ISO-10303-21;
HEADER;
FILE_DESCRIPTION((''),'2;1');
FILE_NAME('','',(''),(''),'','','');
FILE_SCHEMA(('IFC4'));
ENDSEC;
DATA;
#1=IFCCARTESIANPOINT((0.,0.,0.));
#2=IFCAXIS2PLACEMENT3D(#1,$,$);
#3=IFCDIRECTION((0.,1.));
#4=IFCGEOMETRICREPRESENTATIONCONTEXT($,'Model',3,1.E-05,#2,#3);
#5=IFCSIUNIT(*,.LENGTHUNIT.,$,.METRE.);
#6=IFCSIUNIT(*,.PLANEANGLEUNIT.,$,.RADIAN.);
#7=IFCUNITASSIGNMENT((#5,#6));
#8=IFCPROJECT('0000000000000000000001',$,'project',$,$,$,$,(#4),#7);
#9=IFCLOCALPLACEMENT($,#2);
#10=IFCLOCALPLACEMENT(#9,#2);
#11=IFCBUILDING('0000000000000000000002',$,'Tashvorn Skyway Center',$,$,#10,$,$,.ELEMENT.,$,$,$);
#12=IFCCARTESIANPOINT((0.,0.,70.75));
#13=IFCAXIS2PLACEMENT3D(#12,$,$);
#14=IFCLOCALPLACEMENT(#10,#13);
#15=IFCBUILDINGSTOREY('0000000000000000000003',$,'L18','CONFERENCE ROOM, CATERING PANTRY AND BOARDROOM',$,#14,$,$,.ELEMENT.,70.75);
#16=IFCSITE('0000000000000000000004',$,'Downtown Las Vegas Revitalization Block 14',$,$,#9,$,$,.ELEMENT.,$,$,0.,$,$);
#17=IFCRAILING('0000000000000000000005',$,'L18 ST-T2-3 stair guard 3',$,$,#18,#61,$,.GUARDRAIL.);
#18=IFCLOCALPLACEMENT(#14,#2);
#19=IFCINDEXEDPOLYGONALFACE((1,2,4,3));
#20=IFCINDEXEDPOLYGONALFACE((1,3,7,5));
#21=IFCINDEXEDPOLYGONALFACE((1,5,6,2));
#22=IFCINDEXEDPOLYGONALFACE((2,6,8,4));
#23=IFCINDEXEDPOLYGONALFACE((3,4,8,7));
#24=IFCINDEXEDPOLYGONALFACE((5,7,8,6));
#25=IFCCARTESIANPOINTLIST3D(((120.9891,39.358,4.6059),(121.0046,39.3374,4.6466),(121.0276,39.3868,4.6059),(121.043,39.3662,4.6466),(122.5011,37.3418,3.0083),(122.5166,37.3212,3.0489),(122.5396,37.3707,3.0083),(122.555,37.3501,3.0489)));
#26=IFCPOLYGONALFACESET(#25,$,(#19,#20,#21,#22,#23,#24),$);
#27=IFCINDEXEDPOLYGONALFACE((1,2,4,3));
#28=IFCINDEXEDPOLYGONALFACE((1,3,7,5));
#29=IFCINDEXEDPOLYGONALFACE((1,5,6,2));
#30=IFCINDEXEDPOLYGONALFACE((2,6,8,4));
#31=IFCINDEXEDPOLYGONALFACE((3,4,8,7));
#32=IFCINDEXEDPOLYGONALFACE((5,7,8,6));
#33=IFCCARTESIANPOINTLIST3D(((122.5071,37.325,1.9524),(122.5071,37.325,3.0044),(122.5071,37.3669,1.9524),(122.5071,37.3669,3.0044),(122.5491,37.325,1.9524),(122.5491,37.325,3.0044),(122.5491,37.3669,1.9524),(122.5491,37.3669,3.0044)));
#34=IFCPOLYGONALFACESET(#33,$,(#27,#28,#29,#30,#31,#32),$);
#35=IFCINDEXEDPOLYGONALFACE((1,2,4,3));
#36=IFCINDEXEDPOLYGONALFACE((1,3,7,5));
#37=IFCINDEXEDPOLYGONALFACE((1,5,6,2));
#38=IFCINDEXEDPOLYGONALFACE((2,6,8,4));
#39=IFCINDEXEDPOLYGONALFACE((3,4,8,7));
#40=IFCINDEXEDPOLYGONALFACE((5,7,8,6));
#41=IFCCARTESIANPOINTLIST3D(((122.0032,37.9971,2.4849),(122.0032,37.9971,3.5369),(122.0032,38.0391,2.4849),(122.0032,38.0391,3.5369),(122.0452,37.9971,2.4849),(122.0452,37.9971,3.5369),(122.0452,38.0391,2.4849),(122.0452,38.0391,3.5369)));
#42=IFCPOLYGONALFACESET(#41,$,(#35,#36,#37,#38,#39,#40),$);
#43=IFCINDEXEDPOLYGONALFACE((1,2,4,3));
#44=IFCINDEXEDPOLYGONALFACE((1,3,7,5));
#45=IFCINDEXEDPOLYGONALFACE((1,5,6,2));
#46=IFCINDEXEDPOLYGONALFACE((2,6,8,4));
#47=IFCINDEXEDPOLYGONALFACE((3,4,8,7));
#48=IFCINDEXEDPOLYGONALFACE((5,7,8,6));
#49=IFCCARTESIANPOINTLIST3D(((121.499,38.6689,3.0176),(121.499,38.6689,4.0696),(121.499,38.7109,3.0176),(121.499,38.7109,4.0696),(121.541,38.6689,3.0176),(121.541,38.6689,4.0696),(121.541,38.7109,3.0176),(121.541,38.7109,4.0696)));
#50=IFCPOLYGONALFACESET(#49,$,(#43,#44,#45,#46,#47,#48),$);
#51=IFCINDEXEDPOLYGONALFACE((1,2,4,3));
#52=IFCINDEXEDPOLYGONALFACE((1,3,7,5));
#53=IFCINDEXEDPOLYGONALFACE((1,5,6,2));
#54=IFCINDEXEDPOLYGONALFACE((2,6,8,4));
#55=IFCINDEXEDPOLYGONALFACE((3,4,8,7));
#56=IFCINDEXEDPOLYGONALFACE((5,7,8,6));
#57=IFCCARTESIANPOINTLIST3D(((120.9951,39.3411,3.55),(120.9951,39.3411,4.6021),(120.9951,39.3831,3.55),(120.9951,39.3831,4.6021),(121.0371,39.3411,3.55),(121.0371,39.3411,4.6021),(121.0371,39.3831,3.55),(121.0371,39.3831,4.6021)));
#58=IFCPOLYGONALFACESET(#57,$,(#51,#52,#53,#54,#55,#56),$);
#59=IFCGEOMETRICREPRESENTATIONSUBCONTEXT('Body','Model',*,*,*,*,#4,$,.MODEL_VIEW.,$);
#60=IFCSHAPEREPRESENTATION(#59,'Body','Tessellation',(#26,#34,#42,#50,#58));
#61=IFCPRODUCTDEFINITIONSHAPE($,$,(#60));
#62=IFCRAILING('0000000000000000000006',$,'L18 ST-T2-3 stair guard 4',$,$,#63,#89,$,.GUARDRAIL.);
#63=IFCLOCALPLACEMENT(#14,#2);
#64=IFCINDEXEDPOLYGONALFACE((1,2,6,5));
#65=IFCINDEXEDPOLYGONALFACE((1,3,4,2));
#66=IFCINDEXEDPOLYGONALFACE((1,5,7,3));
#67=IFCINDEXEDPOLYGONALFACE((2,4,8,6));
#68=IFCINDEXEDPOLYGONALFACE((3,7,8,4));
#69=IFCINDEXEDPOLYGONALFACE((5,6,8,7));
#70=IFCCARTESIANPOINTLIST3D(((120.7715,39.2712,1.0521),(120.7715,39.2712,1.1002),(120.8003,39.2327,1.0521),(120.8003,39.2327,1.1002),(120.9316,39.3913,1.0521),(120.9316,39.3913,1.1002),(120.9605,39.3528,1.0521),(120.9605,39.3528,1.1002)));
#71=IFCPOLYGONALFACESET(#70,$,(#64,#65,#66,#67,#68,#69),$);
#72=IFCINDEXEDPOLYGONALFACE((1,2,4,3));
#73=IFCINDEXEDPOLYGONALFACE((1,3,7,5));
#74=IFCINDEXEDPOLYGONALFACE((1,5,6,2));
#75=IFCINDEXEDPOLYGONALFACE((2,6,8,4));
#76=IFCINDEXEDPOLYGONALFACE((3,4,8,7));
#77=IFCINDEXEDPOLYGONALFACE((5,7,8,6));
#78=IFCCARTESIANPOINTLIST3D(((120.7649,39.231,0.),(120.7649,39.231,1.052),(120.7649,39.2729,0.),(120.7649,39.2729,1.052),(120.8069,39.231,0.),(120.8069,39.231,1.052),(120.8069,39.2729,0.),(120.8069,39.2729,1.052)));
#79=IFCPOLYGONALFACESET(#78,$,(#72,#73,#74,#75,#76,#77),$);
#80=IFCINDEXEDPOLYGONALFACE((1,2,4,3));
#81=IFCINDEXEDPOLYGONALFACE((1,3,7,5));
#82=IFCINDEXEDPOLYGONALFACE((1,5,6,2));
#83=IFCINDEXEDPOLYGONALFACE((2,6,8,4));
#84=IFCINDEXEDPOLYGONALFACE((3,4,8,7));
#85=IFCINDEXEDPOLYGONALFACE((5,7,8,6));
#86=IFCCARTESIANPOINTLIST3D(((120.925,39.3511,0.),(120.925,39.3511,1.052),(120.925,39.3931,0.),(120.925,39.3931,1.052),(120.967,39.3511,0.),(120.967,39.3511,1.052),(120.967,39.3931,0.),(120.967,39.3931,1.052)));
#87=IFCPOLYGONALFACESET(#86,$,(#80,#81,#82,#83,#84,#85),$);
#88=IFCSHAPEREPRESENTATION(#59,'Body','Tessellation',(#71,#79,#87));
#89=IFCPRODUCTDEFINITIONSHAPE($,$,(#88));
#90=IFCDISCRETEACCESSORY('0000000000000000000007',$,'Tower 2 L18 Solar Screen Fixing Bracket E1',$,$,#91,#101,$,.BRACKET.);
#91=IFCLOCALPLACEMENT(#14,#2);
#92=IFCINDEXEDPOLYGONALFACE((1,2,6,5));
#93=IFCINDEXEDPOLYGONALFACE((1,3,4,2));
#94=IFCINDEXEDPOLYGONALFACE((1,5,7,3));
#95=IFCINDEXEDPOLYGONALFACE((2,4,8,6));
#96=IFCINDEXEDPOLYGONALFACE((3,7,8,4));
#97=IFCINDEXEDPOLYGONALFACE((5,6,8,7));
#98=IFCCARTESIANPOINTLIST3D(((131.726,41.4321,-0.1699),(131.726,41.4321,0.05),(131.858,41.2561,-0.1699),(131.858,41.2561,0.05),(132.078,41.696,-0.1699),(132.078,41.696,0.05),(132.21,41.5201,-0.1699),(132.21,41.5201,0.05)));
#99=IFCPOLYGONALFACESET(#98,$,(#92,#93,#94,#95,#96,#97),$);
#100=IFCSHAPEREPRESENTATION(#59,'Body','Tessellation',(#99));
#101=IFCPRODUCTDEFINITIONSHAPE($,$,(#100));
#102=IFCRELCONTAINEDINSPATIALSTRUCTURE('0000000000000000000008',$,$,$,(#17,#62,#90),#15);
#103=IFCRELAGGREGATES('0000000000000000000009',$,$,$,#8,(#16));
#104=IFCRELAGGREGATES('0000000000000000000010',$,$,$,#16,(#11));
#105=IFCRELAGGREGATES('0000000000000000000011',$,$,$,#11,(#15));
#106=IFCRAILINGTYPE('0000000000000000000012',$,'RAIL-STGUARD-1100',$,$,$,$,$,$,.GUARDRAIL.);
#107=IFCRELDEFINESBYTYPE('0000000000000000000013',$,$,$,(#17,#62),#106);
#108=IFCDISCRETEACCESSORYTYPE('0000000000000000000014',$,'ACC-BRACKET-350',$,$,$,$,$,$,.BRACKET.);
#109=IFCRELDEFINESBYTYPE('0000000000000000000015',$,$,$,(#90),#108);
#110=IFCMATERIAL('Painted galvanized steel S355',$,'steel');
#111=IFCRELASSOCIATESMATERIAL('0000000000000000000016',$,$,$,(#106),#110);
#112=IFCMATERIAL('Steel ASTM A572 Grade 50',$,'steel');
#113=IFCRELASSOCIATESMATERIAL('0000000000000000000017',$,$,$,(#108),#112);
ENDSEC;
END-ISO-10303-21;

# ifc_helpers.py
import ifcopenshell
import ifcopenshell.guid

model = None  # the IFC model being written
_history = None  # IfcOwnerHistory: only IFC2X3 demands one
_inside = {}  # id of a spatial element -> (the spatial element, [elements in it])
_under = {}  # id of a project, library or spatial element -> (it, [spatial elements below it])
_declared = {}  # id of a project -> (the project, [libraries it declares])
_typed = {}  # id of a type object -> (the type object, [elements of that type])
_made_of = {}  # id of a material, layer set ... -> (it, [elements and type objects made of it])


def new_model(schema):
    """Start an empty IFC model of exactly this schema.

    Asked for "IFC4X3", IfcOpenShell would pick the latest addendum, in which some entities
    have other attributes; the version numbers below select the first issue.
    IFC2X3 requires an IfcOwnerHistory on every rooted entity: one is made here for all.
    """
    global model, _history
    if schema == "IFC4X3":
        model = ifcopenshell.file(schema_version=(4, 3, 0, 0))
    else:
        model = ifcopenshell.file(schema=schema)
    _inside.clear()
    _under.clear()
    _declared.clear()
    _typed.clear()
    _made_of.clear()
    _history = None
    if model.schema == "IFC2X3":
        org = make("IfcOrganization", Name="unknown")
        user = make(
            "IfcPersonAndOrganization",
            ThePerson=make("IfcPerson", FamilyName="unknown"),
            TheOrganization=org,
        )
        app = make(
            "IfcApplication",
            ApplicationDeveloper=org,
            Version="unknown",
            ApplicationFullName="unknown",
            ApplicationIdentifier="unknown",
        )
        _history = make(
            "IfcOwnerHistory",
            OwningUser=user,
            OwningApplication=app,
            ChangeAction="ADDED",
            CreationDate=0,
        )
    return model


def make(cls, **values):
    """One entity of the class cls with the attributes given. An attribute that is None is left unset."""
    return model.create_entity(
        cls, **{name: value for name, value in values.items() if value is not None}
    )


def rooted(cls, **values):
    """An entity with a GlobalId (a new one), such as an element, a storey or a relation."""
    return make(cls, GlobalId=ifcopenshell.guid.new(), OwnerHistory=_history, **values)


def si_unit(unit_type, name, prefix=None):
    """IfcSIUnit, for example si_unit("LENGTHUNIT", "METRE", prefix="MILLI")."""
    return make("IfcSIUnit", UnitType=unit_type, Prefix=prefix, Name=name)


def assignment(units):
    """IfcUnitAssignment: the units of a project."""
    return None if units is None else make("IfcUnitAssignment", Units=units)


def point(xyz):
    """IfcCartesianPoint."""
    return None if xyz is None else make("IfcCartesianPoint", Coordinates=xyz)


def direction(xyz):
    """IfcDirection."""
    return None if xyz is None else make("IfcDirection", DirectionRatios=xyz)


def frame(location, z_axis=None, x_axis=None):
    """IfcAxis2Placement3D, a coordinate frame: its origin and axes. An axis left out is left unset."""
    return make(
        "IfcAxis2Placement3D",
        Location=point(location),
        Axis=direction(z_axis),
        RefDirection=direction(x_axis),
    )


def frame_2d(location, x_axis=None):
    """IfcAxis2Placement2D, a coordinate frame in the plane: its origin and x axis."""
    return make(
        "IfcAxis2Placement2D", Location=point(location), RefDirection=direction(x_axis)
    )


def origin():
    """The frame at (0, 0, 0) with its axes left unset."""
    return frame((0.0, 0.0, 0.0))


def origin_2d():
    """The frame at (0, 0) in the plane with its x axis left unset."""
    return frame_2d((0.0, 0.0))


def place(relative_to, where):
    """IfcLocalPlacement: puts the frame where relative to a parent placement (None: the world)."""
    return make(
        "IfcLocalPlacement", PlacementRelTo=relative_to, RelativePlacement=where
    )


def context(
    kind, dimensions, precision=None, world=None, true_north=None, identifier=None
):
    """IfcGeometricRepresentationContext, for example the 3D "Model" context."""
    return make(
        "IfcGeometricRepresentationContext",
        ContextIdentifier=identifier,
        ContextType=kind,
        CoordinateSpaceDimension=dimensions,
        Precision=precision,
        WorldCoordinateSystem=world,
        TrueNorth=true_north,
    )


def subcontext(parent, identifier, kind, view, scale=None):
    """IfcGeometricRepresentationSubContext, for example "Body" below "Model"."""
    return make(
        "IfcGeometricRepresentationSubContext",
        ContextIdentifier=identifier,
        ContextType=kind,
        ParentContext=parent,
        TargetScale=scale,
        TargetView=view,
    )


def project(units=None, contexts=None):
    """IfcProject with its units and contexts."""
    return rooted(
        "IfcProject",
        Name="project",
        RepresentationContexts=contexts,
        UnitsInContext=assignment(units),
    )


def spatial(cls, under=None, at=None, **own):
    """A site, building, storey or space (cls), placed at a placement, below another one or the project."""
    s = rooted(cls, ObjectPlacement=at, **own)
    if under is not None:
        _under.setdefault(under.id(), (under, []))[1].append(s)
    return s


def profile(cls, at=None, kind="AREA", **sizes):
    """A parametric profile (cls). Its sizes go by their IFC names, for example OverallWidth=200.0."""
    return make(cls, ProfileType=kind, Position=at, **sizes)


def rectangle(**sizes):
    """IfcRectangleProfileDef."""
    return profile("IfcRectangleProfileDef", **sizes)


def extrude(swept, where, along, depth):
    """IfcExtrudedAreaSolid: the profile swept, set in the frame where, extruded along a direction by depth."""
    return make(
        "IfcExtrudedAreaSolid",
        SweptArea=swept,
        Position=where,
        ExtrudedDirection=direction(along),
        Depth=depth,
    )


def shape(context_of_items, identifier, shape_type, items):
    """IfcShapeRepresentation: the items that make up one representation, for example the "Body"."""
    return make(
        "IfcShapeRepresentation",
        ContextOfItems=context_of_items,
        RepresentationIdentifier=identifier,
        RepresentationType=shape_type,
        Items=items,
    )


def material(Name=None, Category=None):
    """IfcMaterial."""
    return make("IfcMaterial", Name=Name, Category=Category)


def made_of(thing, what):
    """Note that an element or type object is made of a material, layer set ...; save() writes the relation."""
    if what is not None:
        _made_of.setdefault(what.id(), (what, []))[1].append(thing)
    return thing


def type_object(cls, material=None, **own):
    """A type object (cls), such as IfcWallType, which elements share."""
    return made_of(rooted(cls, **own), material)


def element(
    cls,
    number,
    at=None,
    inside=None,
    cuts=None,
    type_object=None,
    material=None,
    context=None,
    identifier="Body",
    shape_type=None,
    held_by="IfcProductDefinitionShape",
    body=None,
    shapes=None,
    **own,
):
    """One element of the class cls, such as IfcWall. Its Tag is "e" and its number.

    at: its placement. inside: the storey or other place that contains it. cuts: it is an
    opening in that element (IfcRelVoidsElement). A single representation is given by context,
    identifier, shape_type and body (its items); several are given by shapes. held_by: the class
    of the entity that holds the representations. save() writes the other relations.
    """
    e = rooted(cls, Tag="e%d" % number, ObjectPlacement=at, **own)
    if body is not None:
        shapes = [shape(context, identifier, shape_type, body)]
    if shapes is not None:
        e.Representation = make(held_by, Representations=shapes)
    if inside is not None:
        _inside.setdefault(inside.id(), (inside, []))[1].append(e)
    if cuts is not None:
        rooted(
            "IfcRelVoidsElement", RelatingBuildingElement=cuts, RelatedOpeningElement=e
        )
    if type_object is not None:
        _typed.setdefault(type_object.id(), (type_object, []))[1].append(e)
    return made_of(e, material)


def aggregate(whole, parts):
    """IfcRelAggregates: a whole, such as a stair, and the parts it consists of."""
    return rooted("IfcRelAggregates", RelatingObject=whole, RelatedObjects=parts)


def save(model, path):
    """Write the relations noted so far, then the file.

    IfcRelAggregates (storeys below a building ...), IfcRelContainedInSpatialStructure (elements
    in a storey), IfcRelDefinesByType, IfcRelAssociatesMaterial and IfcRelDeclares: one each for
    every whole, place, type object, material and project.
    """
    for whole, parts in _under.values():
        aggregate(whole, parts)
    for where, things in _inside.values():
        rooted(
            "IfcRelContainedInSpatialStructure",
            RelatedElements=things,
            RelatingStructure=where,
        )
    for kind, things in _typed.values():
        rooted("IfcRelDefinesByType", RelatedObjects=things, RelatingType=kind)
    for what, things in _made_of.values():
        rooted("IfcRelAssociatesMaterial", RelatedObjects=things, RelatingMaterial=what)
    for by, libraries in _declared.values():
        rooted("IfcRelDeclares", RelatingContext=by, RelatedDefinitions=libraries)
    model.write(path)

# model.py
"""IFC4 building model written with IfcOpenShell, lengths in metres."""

from ifc_helpers import new_model, si_unit, direction, frame, origin, origin_2d, place, context, subcontext, project, spatial, rectangle, extrude, material, type_object, element, save


model = new_model("IFC4")

# Units and contexts
model_context = context("Model", 3, precision=1e-05, world=origin(), true_north=direction((0.0, 1.0)))
body_context = subcontext(model_context, "Body", "Model", "MODEL_VIEW")
ifc_project = project(units=[si_unit("LENGTHUNIT", "METRE"), si_unit("PLANEANGLEUNIT", "RADIAN")], contexts=[model_context])

# Site, building, storey
site_placement = place(None, origin())
site = spatial("IfcSite", under=ifc_project, at=site_placement, Name="Downtown Las Vegas Revitalization Block 14", CompositionType="ELEMENT", RefElevation=0.0)
building_placement = place(site_placement, origin())
building = spatial("IfcBuilding", under=site, at=building_placement, Name="Tashvorn Skyway Center", CompositionType="ELEMENT")
storey_placement = place(building_placement, frame((0.0, 0.0, 70.75)))
storey = spatial("IfcBuildingStorey", under=building, at=storey_placement, Name="L18", Description="CONFERENCE ROOM, CATERING PANTRY AND BOARDROOM", CompositionType="ELEMENT", Elevation=70.75)

# Shared definitions
ifc_material_1 = material(Name="Steel ASTM A572 Grade 50", Category="steel")

# Railings
ifc_material_2 = material(Name="Painted galvanized steel S355", Category="steel")
railing_type_1 = type_object("IfcRailingType", Name="RAIL-STGUARD-1100", PredefinedType="GUARDRAIL", material=ifc_material_2)
railing_1_placement = place(storey_placement, frame((122.5281, 37.3459, 1.9524)))
element("IfcRailing", 1, at=railing_1_placement, inside=storey, type_object=railing_type_1, Name="L18 ST-T2-3 stair guard 3", PredefinedType="GUARDRAIL", context=body_context, shape_type="SweptSolid", body=[
    extrude(rectangle(XDim=0.0481, YDim=0.0481, at=origin_2d()), frame((0.0, 0.0, 1.0762), z_axis=(-0.506719, 0.675679, 0.535438), x_axis=(-0.800023, -0.599969, 0.0)), (0.0, 0.0, 1.0), 2.9839),
    extrude(rectangle(XDim=0.042, YDim=0.042, at=origin_2d()), origin(), (0.0, 0.0, 1.0), 1.052),
    extrude(rectangle(XDim=0.042, YDim=0.042, at=origin_2d()), frame((-0.5039, 0.6721, 0.5325)), (0.0, 0.0, 1.0), 1.052),
    extrude(rectangle(XDim=0.042, YDim=0.042, at=origin_2d()), frame((-1.0081, 1.344, 1.0652)), (0.0, 0.0, 1.0), 1.052),
    extrude(rectangle(XDim=0.042, YDim=0.042, at=origin_2d()), frame((-1.512, 2.0161, 1.5977)), (0.0, 0.0, 1.0), 1.052),
])
railing_2_placement = place(storey_placement, frame((120.7859, 39.252, 0.0)))
element("IfcRailing", 2, at=railing_2_placement, inside=storey, type_object=railing_type_1, Name="L18 ST-T2-3 stair guard 4", PredefinedType="GUARDRAIL", context=body_context, shape_type="SweptSolid", body=[
    extrude(rectangle(XDim=0.0481, YDim=0.0481, at=origin_2d()), frame((0.0, 0.0, 1.0762), z_axis=(0.8, 0.6, 0.0), x_axis=(-0.6, 0.8, 0.0)), (0.0, 0.0, 1.0), 0.2002),
    extrude(rectangle(XDim=0.042, YDim=0.042, at=origin_2d()), origin(), (0.0, 0.0, 1.0), 1.052),
    extrude(rectangle(XDim=0.042, YDim=0.042, at=origin_2d()), frame((0.1602, 0.1201, 0.0)), (0.0, 0.0, 1.0), 1.052),
])

# Discrete accessory
discrete_accessory_type = type_object("IfcDiscreteAccessoryType", Name="ACC-BRACKET-350", PredefinedType="BRACKET", material=ifc_material_1)
discrete_accessory_placement = place(storey_placement, frame((131.968, 41.4761, -0.1699), z_axis=(0.0, 0.0, 1.0), x_axis=(0.6, -0.8, 0.0)))
element("IfcDiscreteAccessory", 3, at=discrete_accessory_placement, inside=storey, type_object=discrete_accessory_type, Name="Tower 2 L18 Solar Screen Fixing Bracket E1", PredefinedType="BRACKET", context=body_context, shape_type="SweptSolid", body=[
    extrude(rectangle(XDim=0.22, YDim=0.4399, at=origin_2d()), origin(), (0.0, 0.0, 1.0), 0.22),
])

save(model, "model.ifc")
